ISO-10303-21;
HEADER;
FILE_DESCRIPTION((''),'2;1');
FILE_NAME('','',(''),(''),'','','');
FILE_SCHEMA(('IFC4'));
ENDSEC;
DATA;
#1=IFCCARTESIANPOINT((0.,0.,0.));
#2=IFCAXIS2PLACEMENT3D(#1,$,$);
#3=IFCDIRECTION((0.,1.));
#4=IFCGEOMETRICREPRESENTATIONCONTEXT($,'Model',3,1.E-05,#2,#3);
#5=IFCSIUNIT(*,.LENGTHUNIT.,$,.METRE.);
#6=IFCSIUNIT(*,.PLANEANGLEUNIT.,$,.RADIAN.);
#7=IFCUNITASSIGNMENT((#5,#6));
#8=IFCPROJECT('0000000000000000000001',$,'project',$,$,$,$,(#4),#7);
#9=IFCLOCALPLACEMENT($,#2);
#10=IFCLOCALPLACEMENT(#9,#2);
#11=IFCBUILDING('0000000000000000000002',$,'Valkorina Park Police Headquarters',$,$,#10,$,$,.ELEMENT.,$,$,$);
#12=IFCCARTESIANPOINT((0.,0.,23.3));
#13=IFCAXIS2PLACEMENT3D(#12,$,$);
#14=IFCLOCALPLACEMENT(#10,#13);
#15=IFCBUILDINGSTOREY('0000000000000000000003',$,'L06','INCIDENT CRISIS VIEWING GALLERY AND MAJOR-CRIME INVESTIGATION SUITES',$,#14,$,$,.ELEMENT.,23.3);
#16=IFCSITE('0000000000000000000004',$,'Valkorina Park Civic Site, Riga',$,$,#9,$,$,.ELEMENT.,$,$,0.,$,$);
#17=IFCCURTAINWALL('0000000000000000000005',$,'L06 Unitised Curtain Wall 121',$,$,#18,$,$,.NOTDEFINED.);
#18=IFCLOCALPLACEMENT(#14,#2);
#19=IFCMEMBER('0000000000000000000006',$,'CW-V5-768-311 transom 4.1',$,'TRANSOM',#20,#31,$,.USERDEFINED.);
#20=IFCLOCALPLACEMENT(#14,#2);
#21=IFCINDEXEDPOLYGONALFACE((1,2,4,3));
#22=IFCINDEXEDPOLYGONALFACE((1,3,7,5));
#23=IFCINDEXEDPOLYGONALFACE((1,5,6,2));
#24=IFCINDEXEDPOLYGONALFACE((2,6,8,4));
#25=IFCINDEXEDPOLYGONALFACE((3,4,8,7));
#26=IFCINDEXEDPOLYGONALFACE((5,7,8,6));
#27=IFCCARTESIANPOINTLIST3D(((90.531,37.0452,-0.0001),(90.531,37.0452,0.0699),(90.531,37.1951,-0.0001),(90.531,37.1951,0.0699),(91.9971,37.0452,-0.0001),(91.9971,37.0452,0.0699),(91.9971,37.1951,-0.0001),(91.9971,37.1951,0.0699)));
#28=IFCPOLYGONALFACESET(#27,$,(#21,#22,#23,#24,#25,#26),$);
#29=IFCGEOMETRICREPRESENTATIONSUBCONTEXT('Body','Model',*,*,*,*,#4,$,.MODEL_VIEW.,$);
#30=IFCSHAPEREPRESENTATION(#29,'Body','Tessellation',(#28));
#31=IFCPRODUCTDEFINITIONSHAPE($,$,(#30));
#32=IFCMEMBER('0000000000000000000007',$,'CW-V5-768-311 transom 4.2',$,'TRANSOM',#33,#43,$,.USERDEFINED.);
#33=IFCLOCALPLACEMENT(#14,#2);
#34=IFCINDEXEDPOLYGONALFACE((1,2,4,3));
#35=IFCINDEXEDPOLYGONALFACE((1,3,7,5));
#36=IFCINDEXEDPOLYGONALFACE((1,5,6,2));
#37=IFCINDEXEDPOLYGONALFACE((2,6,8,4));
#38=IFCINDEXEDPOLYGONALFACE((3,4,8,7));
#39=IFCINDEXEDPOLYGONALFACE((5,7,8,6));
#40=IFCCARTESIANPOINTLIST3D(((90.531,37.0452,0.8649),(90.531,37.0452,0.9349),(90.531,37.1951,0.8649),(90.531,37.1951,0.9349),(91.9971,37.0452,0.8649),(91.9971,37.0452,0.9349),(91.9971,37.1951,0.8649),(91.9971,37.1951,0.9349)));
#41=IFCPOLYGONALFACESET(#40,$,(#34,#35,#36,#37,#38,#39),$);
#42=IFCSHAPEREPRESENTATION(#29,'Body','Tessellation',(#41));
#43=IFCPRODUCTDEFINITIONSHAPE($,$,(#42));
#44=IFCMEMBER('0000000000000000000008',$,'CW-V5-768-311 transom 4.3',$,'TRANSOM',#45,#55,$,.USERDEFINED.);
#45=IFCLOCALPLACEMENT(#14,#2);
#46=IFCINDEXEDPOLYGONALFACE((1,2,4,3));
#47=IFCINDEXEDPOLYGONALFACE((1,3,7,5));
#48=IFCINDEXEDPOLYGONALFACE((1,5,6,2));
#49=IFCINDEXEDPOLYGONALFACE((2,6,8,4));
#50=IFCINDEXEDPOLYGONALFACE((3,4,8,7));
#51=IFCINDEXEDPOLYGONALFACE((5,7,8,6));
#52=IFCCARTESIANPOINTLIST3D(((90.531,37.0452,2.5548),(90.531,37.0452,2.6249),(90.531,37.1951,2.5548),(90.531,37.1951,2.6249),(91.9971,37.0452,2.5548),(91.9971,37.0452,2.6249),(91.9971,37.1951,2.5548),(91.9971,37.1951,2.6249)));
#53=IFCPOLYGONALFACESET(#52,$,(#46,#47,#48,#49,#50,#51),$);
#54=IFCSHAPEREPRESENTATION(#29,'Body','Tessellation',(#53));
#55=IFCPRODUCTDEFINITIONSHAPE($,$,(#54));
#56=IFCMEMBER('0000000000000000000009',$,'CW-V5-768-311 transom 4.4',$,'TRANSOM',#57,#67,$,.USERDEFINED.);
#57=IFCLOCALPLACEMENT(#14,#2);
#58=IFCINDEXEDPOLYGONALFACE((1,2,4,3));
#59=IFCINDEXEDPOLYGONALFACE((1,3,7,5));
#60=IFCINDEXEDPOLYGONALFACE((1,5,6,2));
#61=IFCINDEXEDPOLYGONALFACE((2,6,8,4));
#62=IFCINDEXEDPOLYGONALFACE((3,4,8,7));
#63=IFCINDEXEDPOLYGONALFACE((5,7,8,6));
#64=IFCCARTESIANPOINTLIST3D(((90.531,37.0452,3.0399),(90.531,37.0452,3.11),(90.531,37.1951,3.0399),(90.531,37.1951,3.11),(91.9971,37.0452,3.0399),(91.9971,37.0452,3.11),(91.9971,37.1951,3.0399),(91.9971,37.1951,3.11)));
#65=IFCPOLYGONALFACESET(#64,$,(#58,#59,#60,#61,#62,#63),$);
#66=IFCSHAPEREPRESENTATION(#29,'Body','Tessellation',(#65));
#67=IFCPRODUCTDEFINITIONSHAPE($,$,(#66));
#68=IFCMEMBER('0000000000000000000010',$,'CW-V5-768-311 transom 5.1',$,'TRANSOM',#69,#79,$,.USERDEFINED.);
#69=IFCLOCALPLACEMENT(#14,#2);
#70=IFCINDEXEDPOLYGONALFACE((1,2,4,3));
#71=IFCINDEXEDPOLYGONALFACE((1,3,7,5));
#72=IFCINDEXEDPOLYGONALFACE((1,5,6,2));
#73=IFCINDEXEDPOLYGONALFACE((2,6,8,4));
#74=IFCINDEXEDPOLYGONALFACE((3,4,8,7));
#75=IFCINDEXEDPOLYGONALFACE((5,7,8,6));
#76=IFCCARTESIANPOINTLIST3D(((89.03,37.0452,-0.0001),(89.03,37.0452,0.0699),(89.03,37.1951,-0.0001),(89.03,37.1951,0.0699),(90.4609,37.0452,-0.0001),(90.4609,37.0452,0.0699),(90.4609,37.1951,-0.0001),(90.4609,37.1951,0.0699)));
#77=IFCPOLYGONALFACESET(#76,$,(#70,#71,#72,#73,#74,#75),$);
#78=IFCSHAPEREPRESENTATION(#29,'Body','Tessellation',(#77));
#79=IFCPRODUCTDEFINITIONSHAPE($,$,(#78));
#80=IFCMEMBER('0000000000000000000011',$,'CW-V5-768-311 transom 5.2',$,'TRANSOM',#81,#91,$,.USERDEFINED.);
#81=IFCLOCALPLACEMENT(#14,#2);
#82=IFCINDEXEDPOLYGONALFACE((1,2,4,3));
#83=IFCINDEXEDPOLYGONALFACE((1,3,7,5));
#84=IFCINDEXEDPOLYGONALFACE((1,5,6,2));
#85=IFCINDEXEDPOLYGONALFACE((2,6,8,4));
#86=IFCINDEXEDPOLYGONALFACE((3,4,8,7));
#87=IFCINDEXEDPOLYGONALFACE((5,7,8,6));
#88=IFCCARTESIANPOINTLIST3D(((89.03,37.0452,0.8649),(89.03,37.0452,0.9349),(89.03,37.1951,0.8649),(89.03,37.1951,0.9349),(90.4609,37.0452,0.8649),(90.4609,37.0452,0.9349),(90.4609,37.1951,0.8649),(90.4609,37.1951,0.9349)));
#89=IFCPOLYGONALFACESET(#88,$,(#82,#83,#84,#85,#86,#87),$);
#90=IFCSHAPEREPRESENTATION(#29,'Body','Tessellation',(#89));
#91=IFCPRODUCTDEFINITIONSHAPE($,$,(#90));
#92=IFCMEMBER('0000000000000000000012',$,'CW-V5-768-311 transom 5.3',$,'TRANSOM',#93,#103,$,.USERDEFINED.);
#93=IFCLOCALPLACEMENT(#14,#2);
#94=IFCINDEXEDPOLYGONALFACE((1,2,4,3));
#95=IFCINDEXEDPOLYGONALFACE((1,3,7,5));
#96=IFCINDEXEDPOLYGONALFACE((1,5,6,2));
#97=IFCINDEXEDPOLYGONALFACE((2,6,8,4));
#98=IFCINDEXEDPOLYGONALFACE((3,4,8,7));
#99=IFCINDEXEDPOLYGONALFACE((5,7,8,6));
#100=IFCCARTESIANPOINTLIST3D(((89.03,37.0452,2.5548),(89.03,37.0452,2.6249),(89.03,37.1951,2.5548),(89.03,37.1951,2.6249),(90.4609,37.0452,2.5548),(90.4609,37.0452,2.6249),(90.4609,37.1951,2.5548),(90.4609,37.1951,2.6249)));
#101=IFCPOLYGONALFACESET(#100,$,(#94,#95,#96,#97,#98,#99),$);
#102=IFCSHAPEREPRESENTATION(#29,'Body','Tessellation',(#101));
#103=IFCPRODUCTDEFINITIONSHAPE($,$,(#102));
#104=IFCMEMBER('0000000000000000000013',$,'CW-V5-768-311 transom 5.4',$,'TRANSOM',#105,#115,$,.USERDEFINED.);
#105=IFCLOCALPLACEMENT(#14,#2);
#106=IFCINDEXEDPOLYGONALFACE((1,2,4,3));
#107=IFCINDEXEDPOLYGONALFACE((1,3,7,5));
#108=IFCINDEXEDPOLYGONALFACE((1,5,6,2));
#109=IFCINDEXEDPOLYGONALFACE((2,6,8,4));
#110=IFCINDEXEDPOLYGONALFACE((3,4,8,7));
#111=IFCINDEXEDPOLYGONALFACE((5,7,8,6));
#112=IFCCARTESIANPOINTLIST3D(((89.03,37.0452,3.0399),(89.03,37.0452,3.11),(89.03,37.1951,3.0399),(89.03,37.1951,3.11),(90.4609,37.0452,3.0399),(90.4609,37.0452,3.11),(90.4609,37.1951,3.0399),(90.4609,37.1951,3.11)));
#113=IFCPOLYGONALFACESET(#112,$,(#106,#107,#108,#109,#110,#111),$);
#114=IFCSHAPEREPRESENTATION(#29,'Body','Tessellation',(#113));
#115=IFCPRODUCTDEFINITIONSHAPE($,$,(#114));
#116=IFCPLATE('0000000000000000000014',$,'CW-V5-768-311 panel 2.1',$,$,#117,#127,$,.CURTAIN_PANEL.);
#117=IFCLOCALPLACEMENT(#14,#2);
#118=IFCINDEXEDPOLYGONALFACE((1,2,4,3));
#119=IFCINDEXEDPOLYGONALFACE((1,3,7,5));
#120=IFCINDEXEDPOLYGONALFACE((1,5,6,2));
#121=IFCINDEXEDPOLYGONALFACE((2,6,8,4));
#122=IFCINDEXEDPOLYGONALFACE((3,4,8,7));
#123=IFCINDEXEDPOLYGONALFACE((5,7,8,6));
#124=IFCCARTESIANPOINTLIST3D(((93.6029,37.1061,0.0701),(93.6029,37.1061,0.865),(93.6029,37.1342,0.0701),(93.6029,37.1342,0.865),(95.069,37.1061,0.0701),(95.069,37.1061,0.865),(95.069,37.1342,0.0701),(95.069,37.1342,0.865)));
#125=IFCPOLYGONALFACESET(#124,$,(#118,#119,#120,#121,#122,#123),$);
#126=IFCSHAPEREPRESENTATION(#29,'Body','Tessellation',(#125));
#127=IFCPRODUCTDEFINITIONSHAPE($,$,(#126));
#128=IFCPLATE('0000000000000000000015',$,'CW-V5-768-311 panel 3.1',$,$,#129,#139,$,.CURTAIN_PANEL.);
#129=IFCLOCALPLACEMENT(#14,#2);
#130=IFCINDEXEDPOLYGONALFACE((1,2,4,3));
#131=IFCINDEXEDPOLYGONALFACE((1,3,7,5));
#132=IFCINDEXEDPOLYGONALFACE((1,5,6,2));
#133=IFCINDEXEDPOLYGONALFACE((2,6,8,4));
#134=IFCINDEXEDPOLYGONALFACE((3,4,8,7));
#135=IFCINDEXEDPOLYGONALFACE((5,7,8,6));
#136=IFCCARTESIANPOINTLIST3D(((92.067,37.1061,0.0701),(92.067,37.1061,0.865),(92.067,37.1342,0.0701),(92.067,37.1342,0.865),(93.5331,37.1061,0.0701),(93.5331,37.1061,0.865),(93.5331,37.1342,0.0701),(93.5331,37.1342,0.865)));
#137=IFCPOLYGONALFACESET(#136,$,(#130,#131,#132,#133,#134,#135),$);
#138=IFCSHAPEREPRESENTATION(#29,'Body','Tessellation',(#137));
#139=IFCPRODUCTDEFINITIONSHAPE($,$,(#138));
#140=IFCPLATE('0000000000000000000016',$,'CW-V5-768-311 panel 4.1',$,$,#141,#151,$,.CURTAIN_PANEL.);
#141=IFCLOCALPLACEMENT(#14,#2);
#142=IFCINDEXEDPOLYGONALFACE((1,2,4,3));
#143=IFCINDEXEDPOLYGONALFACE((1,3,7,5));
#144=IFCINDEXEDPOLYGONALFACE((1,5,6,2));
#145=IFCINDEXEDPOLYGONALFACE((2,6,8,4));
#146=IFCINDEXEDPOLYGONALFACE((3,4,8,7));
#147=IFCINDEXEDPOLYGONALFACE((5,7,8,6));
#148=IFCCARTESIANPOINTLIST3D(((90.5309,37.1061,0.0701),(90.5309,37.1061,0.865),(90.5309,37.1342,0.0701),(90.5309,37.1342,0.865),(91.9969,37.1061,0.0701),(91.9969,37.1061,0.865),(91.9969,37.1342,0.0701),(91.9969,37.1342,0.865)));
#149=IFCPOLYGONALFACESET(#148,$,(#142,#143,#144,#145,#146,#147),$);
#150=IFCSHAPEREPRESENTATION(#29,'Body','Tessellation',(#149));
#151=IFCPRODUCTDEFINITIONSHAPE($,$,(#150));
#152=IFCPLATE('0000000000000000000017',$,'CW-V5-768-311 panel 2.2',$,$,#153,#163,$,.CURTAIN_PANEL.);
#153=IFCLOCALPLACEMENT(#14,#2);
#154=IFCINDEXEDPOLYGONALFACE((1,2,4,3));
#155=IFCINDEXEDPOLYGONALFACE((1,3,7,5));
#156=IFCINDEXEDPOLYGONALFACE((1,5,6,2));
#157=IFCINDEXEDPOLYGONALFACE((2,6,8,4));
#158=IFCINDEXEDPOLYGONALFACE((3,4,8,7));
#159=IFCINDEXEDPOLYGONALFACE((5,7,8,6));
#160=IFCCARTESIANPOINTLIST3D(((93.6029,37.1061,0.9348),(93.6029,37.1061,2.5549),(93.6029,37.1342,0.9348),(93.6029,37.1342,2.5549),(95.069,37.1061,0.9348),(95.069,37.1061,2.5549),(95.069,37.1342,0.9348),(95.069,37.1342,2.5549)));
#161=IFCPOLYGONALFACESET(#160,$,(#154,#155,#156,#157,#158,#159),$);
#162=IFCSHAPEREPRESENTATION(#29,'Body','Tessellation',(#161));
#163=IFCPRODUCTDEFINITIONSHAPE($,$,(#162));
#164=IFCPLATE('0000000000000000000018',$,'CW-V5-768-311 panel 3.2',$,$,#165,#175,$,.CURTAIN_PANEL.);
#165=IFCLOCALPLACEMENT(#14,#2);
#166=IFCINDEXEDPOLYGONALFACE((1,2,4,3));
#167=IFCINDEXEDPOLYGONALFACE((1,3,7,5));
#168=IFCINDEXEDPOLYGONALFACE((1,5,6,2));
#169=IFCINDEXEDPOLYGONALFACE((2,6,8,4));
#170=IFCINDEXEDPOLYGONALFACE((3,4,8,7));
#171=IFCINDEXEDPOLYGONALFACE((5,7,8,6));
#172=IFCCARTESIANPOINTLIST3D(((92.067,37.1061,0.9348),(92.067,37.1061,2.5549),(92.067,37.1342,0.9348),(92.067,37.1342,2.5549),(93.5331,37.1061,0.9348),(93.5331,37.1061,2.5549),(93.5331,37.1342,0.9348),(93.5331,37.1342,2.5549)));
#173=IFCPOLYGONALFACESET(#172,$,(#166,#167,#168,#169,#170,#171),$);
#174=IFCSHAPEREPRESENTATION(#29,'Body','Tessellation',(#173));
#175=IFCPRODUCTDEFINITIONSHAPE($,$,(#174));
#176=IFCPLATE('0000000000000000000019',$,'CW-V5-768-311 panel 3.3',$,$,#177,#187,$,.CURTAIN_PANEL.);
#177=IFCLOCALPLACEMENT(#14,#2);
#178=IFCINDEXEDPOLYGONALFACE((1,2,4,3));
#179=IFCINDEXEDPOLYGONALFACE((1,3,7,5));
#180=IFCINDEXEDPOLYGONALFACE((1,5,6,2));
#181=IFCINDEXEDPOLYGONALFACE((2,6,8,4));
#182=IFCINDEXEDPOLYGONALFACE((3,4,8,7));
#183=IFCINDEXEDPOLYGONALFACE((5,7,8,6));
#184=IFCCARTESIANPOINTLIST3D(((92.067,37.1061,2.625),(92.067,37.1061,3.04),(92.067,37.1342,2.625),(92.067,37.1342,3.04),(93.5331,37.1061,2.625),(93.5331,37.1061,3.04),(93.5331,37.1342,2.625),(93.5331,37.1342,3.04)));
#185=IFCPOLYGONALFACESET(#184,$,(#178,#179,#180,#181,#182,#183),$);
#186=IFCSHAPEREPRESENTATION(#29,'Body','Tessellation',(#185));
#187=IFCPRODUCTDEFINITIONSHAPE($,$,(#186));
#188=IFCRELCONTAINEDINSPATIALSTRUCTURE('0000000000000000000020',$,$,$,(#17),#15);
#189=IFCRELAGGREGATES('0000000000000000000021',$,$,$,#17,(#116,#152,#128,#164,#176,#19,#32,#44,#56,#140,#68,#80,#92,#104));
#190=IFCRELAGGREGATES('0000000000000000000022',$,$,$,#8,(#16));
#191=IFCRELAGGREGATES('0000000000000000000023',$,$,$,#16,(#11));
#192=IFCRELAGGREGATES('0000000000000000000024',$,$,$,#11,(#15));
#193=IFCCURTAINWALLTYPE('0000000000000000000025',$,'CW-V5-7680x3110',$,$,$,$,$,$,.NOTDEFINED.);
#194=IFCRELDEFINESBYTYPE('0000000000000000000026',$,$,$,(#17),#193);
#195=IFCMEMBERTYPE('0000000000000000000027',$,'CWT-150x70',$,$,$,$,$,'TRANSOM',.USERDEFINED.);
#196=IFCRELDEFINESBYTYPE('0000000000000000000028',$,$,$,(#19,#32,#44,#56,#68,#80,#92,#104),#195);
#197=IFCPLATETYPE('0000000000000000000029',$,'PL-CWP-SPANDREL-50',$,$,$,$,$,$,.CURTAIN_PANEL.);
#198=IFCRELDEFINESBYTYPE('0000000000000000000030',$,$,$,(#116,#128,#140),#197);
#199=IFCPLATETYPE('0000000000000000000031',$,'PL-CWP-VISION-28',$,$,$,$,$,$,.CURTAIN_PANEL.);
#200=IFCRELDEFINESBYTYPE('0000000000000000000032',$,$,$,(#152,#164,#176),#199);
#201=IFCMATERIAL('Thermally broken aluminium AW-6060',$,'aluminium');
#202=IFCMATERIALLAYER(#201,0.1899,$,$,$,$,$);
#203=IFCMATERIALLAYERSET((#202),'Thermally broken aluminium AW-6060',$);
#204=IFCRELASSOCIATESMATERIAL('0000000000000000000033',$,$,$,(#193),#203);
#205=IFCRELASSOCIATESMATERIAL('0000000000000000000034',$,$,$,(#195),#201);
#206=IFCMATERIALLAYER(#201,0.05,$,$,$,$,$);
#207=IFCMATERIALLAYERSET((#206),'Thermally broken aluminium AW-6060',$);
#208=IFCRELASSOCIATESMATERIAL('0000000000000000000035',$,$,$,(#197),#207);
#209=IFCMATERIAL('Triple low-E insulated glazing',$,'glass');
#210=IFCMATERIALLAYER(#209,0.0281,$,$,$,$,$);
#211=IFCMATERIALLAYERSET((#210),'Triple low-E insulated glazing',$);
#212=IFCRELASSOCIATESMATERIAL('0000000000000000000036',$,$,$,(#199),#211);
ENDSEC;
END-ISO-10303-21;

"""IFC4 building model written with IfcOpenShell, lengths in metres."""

from ifc_helpers import new_model, si_unit, direction, frame, origin, origin_2d, place, context, subcontext, project, spatial, rectangle, extrude, material, layer, layer_set, material_profile, profile_set, type_object, element, aggregate, save


model = new_model("IFC4")

# Units and contexts
model_context = context("Model", 3, precision=1e-05, world=origin(), true_north=direction((0.0, 1.0)))
body_context = subcontext(model_context, "Body", "Model", "MODEL_VIEW")
ifc_project = project(units=[si_unit("LENGTHUNIT", "METRE"), si_unit("PLANEANGLEUNIT", "RADIAN")], contexts=[model_context])

# Site, building, storey
site_placement = place(None, origin())
site = spatial("IfcSite", under=ifc_project, at=site_placement, Name="Valkorina Park Civic Site, Riga", CompositionType="ELEMENT", RefElevation=0.0)
building_placement = place(site_placement, origin())
building = spatial("IfcBuilding", under=site, at=building_placement, Name="Valkorina Park Police Headquarters", CompositionType="ELEMENT")
storey_placement = place(building_placement, frame((0.0, 0.0, 23.3)))
storey = spatial("IfcBuildingStorey", under=building, at=storey_placement, Name="L06", Description="INCIDENT CRISIS VIEWING GALLERY AND MAJOR-CRIME INVESTIGATION SUITES", CompositionType="ELEMENT", Elevation=23.3)

# Curtain wall, members, plates
ifc_material_1 = material(Name="Thermally broken aluminium AW-6060", Category="aluminium")
ifc_layer_1 = layer(ifc_material_1, 0.1899)
ifc_layer_set_1 = layer_set([ifc_layer_1], Name="Thermally broken aluminium AW-6060")
curtain_wall_type = type_object("IfcCurtainWallType", Name="CW-V5-7680x3110", PredefinedType="NOTDEFINED", material=ifc_layer_set_1)
curtain_wall_placement = place(storey_placement, origin())
curtain_wall = element("IfcCurtainWall", 1, at=curtain_wall_placement, inside=storey, type_object=curtain_wall_type, Name="L06 Unitised Curtain Wall 121", PredefinedType="NOTDEFINED")
ifc_material_profile_1 = material_profile(ifc_material_1, rectangle(XDim=0.1499, YDim=0.0701, at=origin_2d()), Name="CWT-02 150x70")
ifc_profile_set_1 = profile_set([ifc_material_profile_1], Name="Thermally broken aluminium AW-6060")
member_type_1 = type_object("IfcMemberType", Name="CWT-150x70", ElementType="TRANSOM", PredefinedType="USERDEFINED", material=ifc_profile_set_1)
member_1_placement = place(storey_placement, frame((91.9971, 37.1201, 0.0349), z_axis=(-1.0, 0.0, 0.0), x_axis=(0.0, -1.0, 0.0)))
member_1 = element("IfcMember", 2, at=member_1_placement, type_object=member_type_1, Name="CW-V5-768-311 transom 4.1", ObjectType="TRANSOM", PredefinedType="USERDEFINED", context=body_context, shape_type="SweptSolid", body=[
    extrude(rectangle(XDim=0.1499, YDim=0.0701, at=origin_2d()), origin(), (0.0, 0.0, 1.0), 1.4661),
])
member_2_placement = place(storey_placement, frame((91.9971, 37.1201, 0.8999), z_axis=(-1.0, 0.0, 0.0), x_axis=(0.0, -1.0, 0.0)))
member_2 = element("IfcMember", 3, at=member_2_placement, type_object=member_type_1, Name="CW-V5-768-311 transom 4.2", ObjectType="TRANSOM", PredefinedType="USERDEFINED", context=body_context, shape_type="SweptSolid", body=[
    extrude(rectangle(XDim=0.1499, YDim=0.0701, at=origin_2d()), origin(), (0.0, 0.0, 1.0), 1.4661),
])
member_3_placement = place(storey_placement, frame((91.9971, 37.1201, 2.5898), z_axis=(-1.0, 0.0, 0.0), x_axis=(0.0, -1.0, 0.0)))
member_3 = element("IfcMember", 4, at=member_3_placement, type_object=member_type_1, Name="CW-V5-768-311 transom 4.3", ObjectType="TRANSOM", PredefinedType="USERDEFINED", context=body_context, shape_type="SweptSolid", body=[
    extrude(rectangle(XDim=0.1499, YDim=0.0701, at=origin_2d()), origin(), (0.0, 0.0, 1.0), 1.4661),
])
member_4_placement = place(storey_placement, frame((91.9971, 37.1201, 3.075), z_axis=(-1.0, 0.0, 0.0), x_axis=(0.0, -1.0, 0.0)))
member_4 = element("IfcMember", 5, at=member_4_placement, type_object=member_type_1, Name="CW-V5-768-311 transom 4.4", ObjectType="TRANSOM", PredefinedType="USERDEFINED", context=body_context, shape_type="SweptSolid", body=[
    extrude(rectangle(XDim=0.1499, YDim=0.0701, at=origin_2d()), origin(), (0.0, 0.0, 1.0), 1.4661),
])
member_5_placement = place(storey_placement, frame((90.4609, 37.1201, 0.0349), z_axis=(-1.0, 0.0, 0.0), x_axis=(0.0, -1.0, 0.0)))
member_5 = element("IfcMember", 6, at=member_5_placement, type_object=member_type_1, Name="CW-V5-768-311 transom 5.1", ObjectType="TRANSOM", PredefinedType="USERDEFINED", context=body_context, shape_type="SweptSolid", body=[
    extrude(rectangle(XDim=0.1499, YDim=0.0701, at=origin_2d()), origin(), (0.0, 0.0, 1.0), 1.4309),
])
member_6_placement = place(storey_placement, frame((90.4609, 37.1201, 0.8999), z_axis=(-1.0, 0.0, 0.0), x_axis=(0.0, -1.0, 0.0)))
member_6 = element("IfcMember", 7, at=member_6_placement, type_object=member_type_1, Name="CW-V5-768-311 transom 5.2", ObjectType="TRANSOM", PredefinedType="USERDEFINED", context=body_context, shape_type="SweptSolid", body=[
    extrude(rectangle(XDim=0.1499, YDim=0.0701, at=origin_2d()), origin(), (0.0, 0.0, 1.0), 1.4309),
])
member_7_placement = place(storey_placement, frame((90.4609, 37.1201, 2.5898), z_axis=(-1.0, 0.0, 0.0), x_axis=(0.0, -1.0, 0.0)))
member_7 = element("IfcMember", 8, at=member_7_placement, type_object=member_type_1, Name="CW-V5-768-311 transom 5.3", ObjectType="TRANSOM", PredefinedType="USERDEFINED", context=body_context, shape_type="SweptSolid", body=[
    extrude(rectangle(XDim=0.1499, YDim=0.0701, at=origin_2d()), origin(), (0.0, 0.0, 1.0), 1.4309),
])
member_8_placement = place(storey_placement, frame((90.4609, 37.1201, 3.075), z_axis=(-1.0, 0.0, 0.0), x_axis=(0.0, -1.0, 0.0)))
member_8 = element("IfcMember", 9, at=member_8_placement, type_object=member_type_1, Name="CW-V5-768-311 transom 5.4", ObjectType="TRANSOM", PredefinedType="USERDEFINED", context=body_context, shape_type="SweptSolid", body=[
    extrude(rectangle(XDim=0.1499, YDim=0.0701, at=origin_2d()), origin(), (0.0, 0.0, 1.0), 1.4309),
])
ifc_layer_2 = layer(ifc_material_1, 0.05)
ifc_layer_set_2 = layer_set([ifc_layer_2], Name="Thermally broken aluminium AW-6060")
plate_type_1 = type_object("IfcPlateType", Name="PL-CWP-SPANDREL-50", PredefinedType="CURTAIN_PANEL", material=ifc_layer_set_2)
plate_1_placement = place(storey_placement, frame((94.3359, 37.1201, 0.0701), z_axis=(0.0, 0.0, 1.0), x_axis=(-1.0, 0.0, 0.0)))
plate_1 = element("IfcPlate", 10, at=plate_1_placement, type_object=plate_type_1, Name="CW-V5-768-311 panel 2.1", PredefinedType="CURTAIN_PANEL", context=body_context, shape_type="SweptSolid", body=[
    extrude(rectangle(XDim=1.4661, YDim=0.0281, at=origin_2d()), origin(), (0.0, 0.0, 1.0), 0.7949),
])
plate_2_placement = place(storey_placement, frame((92.8, 37.1201, 0.0701), z_axis=(0.0, 0.0, 1.0), x_axis=(-1.0, 0.0, 0.0)))
plate_2 = element("IfcPlate", 11, at=plate_2_placement, type_object=plate_type_1, Name="CW-V5-768-311 panel 3.1", PredefinedType="CURTAIN_PANEL", context=body_context, shape_type="SweptSolid", body=[
    extrude(rectangle(XDim=1.4661, YDim=0.0281, at=origin_2d()), origin(), (0.0, 0.0, 1.0), 0.7949),
])
plate_3_placement = place(storey_placement, frame((91.2639, 37.1201, 0.0701), z_axis=(0.0, 0.0, 1.0), x_axis=(-1.0, 0.0, 0.0)))
plate_3 = element("IfcPlate", 12, at=plate_3_placement, type_object=plate_type_1, Name="CW-V5-768-311 panel 4.1", PredefinedType="CURTAIN_PANEL", context=body_context, shape_type="SweptSolid", body=[
    extrude(rectangle(XDim=1.4661, YDim=0.0281, at=origin_2d()), origin(), (0.0, 0.0, 1.0), 0.7949),
])
ifc_material_2 = material(Name="Triple low-E insulated glazing", Category="glass")
ifc_layer_3 = layer(ifc_material_2, 0.0281)
ifc_layer_set_3 = layer_set([ifc_layer_3], Name="Triple low-E insulated glazing")
plate_type_2 = type_object("IfcPlateType", Name="PL-CWP-VISION-28", PredefinedType="CURTAIN_PANEL", material=ifc_layer_set_3)
plate_4_placement = place(storey_placement, frame((94.3359, 37.1201, 0.9348), z_axis=(0.0, 0.0, 1.0), x_axis=(-1.0, 0.0, 0.0)))
plate_4 = element("IfcPlate", 13, at=plate_4_placement, type_object=plate_type_2, Name="CW-V5-768-311 panel 2.2", PredefinedType="CURTAIN_PANEL", context=body_context, shape_type="SweptSolid", body=[
    extrude(rectangle(XDim=1.4661, YDim=0.0281, at=origin_2d()), origin(), (0.0, 0.0, 1.0), 1.6201),
])
plate_5_placement = place(storey_placement, frame((92.8, 37.1201, 0.9348), z_axis=(0.0, 0.0, 1.0), x_axis=(-1.0, 0.0, 0.0)))
plate_5 = element("IfcPlate", 14, at=plate_5_placement, type_object=plate_type_2, Name="CW-V5-768-311 panel 3.2", PredefinedType="CURTAIN_PANEL", context=body_context, shape_type="SweptSolid", body=[
    extrude(rectangle(XDim=1.4661, YDim=0.0281, at=origin_2d()), origin(), (0.0, 0.0, 1.0), 1.6201),
])
plate_6_placement = place(storey_placement, frame((92.8, 37.1201, 2.625), z_axis=(0.0, 0.0, 1.0), x_axis=(-1.0, 0.0, 0.0)))
plate_6 = element("IfcPlate", 15, at=plate_6_placement, type_object=plate_type_2, Name="CW-V5-768-311 panel 3.3", PredefinedType="CURTAIN_PANEL", context=body_context, shape_type="SweptSolid", body=[
    extrude(rectangle(XDim=1.4661, YDim=0.0281, at=origin_2d()), origin(), (0.0, 0.0, 1.0), 0.415),
])
aggregate(curtain_wall, [plate_1, plate_4, plate_2, plate_5, plate_6, member_1, member_2, member_3, member_4, plate_3, member_5, member_6, member_7, member_8])

save(model, "model.ifc")
